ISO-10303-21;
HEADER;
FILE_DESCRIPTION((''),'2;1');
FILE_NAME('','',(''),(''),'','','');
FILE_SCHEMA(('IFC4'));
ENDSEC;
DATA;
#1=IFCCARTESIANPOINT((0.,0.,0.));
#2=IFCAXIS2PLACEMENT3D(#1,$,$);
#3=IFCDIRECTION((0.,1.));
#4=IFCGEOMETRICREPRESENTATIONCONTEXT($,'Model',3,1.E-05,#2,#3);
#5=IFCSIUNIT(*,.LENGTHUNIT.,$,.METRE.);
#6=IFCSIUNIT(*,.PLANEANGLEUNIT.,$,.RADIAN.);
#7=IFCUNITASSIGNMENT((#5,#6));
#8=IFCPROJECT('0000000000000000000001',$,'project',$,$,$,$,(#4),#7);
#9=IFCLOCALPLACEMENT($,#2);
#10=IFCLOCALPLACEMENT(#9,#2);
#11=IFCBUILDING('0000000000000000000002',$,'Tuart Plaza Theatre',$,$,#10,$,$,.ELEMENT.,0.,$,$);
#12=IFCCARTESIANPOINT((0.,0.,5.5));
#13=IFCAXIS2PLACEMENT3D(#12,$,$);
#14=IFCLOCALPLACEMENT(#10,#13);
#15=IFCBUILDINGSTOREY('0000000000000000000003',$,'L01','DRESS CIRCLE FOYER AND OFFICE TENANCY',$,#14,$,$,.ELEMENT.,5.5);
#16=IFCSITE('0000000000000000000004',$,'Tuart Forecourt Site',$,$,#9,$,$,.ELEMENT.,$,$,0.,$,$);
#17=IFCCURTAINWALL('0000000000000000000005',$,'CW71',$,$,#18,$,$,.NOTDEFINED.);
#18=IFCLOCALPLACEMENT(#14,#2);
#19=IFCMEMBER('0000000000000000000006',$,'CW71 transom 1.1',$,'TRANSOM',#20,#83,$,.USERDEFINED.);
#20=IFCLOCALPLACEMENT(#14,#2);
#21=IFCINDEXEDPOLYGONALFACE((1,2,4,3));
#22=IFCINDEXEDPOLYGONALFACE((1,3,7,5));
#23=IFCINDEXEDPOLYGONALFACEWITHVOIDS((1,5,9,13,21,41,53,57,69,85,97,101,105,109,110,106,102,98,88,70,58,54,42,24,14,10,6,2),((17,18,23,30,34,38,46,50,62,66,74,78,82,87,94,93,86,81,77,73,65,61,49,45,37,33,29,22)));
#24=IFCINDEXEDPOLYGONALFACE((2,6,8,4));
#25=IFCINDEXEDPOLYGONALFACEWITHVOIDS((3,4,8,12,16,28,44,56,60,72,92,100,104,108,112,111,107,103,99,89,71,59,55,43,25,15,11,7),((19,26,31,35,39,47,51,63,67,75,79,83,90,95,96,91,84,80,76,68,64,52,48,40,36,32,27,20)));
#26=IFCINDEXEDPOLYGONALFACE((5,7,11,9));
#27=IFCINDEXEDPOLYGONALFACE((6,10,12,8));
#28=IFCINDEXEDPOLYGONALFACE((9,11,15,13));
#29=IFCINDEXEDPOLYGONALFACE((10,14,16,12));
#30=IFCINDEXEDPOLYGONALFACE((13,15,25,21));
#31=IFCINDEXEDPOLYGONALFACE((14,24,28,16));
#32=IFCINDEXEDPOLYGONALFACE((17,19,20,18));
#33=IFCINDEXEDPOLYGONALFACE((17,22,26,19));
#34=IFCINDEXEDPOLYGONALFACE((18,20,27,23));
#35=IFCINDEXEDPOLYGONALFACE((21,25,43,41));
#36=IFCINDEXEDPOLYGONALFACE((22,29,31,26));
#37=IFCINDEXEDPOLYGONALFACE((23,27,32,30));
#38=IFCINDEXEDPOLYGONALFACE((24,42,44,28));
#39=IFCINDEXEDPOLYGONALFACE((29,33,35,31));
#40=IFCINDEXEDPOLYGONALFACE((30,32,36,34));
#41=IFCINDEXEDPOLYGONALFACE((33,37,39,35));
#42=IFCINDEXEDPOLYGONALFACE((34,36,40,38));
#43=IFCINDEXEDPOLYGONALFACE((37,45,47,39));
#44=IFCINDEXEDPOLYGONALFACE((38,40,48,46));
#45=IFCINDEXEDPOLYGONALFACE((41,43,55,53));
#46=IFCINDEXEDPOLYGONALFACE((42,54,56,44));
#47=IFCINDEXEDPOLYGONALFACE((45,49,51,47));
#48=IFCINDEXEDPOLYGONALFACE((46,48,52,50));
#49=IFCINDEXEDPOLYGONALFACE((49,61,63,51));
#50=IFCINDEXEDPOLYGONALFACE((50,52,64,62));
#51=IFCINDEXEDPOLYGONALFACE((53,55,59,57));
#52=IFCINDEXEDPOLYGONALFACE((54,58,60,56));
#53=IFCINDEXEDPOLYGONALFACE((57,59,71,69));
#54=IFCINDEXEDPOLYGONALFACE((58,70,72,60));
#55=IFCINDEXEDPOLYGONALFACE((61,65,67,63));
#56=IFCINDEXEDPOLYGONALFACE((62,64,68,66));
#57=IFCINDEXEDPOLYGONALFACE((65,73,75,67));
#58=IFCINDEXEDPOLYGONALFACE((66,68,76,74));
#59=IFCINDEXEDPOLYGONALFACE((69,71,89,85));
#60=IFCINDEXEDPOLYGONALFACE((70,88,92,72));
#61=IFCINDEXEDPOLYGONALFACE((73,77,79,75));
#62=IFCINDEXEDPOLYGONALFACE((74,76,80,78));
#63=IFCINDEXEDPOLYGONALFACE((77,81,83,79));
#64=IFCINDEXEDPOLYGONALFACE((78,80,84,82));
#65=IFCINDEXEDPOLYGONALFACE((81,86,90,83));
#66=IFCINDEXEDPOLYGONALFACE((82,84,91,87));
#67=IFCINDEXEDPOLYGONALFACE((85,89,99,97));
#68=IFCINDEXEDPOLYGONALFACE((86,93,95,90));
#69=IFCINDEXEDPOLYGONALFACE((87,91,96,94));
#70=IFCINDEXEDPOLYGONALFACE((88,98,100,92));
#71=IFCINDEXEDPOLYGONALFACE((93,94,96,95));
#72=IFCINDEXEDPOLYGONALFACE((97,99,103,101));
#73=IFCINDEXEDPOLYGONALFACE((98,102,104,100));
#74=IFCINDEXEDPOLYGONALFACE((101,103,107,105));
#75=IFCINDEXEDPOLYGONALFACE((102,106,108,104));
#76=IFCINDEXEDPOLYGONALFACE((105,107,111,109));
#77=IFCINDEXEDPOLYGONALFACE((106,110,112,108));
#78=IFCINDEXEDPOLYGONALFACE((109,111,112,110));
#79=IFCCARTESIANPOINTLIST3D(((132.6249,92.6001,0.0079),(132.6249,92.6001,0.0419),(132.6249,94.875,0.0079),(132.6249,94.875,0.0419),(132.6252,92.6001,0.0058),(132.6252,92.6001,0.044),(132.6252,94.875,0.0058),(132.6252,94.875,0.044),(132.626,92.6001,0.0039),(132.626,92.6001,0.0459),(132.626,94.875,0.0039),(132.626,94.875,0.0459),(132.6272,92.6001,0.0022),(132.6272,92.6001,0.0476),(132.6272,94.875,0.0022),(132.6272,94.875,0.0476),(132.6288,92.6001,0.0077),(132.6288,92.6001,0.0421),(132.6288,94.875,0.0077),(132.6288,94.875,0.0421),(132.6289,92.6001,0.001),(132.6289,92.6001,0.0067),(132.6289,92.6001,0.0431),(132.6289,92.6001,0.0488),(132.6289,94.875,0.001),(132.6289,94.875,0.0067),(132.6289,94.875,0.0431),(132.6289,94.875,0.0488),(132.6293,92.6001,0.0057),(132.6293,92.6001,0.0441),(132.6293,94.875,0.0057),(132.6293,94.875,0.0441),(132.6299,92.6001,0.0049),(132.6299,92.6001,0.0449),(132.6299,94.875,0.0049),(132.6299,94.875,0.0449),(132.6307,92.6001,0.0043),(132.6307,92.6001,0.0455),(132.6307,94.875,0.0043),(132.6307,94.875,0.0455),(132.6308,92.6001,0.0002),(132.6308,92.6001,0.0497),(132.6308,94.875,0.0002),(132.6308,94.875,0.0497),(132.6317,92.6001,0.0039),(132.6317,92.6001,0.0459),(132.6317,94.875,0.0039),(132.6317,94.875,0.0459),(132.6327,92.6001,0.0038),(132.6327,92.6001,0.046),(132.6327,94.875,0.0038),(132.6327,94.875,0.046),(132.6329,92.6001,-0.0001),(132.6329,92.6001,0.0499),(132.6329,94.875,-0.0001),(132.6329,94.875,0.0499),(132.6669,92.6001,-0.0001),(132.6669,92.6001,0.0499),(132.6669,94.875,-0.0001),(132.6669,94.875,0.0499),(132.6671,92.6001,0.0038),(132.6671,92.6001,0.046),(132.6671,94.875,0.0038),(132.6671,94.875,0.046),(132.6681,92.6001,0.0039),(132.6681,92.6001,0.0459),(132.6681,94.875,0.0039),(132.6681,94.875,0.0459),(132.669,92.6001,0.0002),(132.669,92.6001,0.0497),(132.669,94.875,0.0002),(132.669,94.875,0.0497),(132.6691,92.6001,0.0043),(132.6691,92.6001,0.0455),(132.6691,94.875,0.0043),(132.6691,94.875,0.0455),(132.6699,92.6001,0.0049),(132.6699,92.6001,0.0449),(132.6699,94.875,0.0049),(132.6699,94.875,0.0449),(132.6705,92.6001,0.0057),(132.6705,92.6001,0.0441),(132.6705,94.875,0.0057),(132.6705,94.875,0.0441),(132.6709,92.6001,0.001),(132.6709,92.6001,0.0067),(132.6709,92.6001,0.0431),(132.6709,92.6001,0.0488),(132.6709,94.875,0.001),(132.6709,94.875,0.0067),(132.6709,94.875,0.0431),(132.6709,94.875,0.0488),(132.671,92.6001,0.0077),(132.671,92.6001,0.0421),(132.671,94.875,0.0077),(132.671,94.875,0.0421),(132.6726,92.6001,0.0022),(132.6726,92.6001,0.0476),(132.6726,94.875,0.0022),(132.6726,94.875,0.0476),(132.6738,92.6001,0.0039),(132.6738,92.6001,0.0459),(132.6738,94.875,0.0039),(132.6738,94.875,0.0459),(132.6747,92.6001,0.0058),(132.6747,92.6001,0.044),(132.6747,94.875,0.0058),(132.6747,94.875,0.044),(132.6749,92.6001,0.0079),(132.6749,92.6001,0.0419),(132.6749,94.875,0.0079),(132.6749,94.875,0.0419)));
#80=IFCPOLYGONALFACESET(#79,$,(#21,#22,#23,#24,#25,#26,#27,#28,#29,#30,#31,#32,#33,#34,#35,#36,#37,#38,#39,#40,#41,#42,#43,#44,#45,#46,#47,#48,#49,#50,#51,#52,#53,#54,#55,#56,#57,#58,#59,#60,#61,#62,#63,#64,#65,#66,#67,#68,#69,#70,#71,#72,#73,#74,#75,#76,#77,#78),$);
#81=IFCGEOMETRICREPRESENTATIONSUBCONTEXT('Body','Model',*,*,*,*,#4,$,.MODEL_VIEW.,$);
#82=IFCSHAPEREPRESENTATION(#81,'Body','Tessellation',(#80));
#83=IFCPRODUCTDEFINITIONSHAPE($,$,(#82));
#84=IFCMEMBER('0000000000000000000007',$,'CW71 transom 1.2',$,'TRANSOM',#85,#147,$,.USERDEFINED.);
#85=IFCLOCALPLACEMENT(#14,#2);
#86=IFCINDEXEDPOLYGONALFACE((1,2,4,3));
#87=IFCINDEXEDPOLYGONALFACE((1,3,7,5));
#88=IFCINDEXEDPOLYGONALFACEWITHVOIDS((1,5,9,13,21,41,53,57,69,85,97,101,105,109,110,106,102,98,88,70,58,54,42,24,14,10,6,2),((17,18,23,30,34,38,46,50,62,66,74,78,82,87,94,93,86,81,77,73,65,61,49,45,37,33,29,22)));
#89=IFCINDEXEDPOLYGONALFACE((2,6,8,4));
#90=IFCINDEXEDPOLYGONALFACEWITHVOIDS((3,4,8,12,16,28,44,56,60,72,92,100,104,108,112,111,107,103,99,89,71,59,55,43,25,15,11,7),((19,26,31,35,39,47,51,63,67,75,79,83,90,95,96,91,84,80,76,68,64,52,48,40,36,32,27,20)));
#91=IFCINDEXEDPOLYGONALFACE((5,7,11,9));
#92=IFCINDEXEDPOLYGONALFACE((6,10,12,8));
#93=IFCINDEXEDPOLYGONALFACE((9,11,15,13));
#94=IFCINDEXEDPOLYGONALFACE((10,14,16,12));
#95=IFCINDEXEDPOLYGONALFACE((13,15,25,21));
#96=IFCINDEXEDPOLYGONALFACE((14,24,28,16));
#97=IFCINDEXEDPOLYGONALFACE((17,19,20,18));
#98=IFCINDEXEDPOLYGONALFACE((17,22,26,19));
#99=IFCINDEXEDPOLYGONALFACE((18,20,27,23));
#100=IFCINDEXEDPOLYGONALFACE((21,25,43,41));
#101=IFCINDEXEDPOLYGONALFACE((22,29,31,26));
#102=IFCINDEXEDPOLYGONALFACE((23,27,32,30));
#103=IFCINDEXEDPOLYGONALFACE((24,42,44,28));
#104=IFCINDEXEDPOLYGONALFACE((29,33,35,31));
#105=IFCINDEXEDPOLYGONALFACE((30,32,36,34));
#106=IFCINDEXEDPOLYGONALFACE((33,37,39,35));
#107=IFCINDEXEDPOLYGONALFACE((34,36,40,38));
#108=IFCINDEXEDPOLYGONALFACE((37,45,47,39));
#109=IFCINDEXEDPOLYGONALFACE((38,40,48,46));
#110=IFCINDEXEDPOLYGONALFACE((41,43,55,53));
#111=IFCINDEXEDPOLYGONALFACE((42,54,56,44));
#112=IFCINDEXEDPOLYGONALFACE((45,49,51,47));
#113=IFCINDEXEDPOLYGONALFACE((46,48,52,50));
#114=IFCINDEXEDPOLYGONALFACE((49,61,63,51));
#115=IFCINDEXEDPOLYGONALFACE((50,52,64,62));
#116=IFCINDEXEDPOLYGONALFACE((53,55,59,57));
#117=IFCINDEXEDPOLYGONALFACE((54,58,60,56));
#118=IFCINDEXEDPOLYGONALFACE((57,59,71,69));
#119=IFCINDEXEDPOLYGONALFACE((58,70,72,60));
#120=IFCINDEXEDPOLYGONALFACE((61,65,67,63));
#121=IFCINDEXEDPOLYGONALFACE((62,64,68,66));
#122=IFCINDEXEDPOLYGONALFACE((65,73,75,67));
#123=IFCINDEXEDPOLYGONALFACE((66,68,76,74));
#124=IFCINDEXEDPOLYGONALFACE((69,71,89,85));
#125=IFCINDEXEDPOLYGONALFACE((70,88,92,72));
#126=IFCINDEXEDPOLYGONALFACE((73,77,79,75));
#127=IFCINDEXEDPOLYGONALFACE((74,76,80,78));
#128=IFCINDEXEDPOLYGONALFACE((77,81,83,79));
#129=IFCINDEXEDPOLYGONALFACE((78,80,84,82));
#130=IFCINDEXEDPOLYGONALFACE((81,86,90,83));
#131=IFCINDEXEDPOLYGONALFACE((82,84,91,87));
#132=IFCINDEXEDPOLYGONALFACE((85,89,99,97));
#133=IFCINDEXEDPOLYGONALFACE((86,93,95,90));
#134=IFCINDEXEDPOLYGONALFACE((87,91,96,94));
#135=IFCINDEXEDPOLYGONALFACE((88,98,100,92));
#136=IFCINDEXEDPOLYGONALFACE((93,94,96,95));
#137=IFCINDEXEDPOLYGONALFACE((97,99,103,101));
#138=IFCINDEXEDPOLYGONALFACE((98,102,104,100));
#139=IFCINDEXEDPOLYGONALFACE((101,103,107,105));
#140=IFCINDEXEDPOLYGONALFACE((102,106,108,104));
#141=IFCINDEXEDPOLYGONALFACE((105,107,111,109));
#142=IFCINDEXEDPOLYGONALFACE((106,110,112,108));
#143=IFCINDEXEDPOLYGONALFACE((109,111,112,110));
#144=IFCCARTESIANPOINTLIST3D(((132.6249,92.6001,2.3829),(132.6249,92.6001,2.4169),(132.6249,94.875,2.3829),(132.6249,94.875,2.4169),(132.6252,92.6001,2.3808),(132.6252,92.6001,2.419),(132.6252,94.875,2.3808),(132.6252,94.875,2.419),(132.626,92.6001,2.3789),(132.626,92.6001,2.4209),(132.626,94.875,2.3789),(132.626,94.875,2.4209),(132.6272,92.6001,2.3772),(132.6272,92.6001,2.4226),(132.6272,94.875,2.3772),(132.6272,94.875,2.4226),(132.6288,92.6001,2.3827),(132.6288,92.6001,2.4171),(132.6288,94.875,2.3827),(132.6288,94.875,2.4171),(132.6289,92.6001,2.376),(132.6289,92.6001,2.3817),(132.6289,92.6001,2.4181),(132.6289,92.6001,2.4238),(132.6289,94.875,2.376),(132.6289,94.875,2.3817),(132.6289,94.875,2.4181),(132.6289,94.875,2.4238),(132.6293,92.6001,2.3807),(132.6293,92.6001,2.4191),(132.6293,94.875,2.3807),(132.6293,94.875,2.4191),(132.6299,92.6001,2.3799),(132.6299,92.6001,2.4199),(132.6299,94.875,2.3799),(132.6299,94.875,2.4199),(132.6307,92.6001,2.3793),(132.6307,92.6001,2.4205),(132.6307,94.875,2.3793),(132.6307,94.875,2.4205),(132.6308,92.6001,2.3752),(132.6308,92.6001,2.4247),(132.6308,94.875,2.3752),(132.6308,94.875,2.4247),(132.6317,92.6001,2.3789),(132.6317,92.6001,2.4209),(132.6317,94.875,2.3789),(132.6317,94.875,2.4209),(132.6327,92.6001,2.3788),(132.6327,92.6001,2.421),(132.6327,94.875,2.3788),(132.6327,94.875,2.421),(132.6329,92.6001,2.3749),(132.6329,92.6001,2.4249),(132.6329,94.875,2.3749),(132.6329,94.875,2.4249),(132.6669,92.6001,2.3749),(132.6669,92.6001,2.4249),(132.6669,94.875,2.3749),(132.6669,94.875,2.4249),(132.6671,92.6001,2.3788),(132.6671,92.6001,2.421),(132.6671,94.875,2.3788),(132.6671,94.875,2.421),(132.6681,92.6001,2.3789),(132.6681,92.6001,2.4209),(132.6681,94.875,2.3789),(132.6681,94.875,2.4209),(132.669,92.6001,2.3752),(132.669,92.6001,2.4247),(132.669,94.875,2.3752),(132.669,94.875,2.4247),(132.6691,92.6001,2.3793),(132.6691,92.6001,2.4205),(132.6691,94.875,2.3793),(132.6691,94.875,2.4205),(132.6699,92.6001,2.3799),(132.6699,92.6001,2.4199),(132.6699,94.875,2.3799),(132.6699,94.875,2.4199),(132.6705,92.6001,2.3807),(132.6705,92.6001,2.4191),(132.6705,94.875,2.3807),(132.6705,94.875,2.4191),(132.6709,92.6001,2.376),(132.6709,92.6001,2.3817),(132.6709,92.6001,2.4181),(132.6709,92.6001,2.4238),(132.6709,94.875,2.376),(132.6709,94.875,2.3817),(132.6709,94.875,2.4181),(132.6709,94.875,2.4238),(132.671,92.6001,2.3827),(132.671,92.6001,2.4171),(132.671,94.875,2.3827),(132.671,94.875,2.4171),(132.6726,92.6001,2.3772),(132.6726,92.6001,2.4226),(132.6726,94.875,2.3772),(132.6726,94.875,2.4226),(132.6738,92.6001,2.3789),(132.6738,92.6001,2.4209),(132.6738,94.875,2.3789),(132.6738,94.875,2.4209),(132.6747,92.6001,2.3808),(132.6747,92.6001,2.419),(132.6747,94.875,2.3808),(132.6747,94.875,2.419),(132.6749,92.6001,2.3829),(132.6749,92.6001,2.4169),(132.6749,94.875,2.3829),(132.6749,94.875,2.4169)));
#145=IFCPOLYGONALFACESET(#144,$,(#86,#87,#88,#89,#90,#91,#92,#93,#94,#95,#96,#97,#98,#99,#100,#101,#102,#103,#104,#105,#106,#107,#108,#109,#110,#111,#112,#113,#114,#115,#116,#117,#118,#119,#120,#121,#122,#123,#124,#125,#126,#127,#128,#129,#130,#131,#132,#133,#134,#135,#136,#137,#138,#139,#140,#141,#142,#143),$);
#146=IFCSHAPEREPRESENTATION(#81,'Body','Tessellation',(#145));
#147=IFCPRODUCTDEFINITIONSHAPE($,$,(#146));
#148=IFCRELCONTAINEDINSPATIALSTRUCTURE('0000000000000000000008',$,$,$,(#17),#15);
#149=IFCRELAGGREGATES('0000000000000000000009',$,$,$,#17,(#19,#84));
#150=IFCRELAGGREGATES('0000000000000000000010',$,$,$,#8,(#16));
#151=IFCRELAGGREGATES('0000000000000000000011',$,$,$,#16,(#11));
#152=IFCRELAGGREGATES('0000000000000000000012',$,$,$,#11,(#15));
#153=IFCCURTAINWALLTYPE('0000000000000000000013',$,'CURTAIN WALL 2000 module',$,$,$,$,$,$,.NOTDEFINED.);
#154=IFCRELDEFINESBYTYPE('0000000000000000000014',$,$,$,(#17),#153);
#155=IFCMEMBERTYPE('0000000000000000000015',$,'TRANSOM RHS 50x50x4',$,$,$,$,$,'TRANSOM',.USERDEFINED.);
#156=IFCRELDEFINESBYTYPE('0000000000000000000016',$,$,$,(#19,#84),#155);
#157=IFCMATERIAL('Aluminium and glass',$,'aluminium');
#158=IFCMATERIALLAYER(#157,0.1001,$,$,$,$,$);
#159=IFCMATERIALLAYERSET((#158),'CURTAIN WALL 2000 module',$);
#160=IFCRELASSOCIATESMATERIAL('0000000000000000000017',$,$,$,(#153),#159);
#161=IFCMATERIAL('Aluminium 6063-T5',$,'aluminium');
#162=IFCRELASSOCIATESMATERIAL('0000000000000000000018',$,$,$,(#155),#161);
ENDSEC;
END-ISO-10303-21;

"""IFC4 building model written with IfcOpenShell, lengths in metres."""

from ifc_helpers import new_model, si_unit, direction, frame, origin, origin_2d, place, context, subcontext, project, spatial, hollow_rectangle, extrude, material, layer, layer_set, material_profile, profile_set, type_object, element, aggregate, save


model = new_model("IFC4")

# Units and contexts
model_context = context("Model", 3, precision=1e-05, world=origin(), true_north=direction((0.0, 1.0)))
body_context = subcontext(model_context, "Body", "Model", "MODEL_VIEW")
ifc_project = project(units=[si_unit("LENGTHUNIT", "METRE"), si_unit("PLANEANGLEUNIT", "RADIAN")], contexts=[model_context])

# Site, building, storey
site_placement = place(None, origin())
site = spatial("IfcSite", under=ifc_project, at=site_placement, Name="Tuart Forecourt Site", CompositionType="ELEMENT", RefElevation=0.0)
building_placement = place(site_placement, origin())
building = spatial("IfcBuilding", under=site, at=building_placement, Name="Tuart Plaza Theatre", CompositionType="ELEMENT", ElevationOfRefHeight=0.0)
storey_placement = place(building_placement, frame((0.0, 0.0, 5.5)))
storey = spatial("IfcBuildingStorey", under=building, at=storey_placement, Name="L01", Description="DRESS CIRCLE FOYER AND OFFICE TENANCY", CompositionType="ELEMENT", Elevation=5.5)

# Curtain wall
ifc_material_1 = material(Name="Aluminium and glass", Category="aluminium")
ifc_layer_1 = layer(ifc_material_1, 0.1001)
ifc_layer_set_1 = layer_set([ifc_layer_1], Name="CURTAIN WALL 2000 module")
curtain_wall_type = type_object("IfcCurtainWallType", Name="CURTAIN WALL 2000 module", PredefinedType="NOTDEFINED", material=ifc_layer_set_1)
curtain_wall_1_placement = place(storey_placement, origin())
curtain_wall_1 = element("IfcCurtainWall", 1, at=curtain_wall_1_placement, inside=storey, type_object=curtain_wall_type, Name="CW71", PredefinedType="NOTDEFINED")

# Members
ifc_material_2 = material(Name="Aluminium 6063-T5", Category="aluminium")
ifc_material_profile_1 = material_profile(ifc_material_2, hollow_rectangle(XDim=0.05, YDim=0.05, WallThickness=0.0039, InnerFilletRadius=0.0039, OuterFilletRadius=0.0081, at=origin_2d()), Name="RHS 50x50x4")
ifc_profile_set_1 = profile_set([ifc_material_profile_1], Name="Aluminium 6063-T5")
member_type_1 = type_object("IfcMemberType", Name="TRANSOM RHS 50x50x4", ElementType="TRANSOM", PredefinedType="USERDEFINED", material=ifc_profile_set_1)
member_1_placement = place(storey_placement, frame((132.6499, 92.6001, 0.0249), z_axis=(0.0, 1.0, 0.0), x_axis=(-1.0, 0.0, 0.0)))
member_1 = element("IfcMember", 2, at=member_1_placement, type_object=member_type_1, Name="CW71 transom 1.1", ObjectType="TRANSOM", PredefinedType="USERDEFINED", context=body_context, shape_type="SweptSolid", body=[
    extrude(hollow_rectangle(XDim=0.05, YDim=0.05, WallThickness=0.0039, InnerFilletRadius=0.0039, OuterFilletRadius=0.0081, at=origin_2d()), origin(), (0.0, 0.0, 1.0), 2.2749),
])
member_2_placement = place(storey_placement, frame((132.6499, 92.6001, 2.3999), z_axis=(0.0, 1.0, 0.0), x_axis=(-1.0, 0.0, 0.0)))
member_2 = element("IfcMember", 3, at=member_2_placement, type_object=member_type_1, Name="CW71 transom 1.2", ObjectType="TRANSOM", PredefinedType="USERDEFINED", context=body_context, shape_type="SweptSolid", body=[
    extrude(hollow_rectangle(XDim=0.05, YDim=0.05, WallThickness=0.0039, InnerFilletRadius=0.0039, OuterFilletRadius=0.0081, at=origin_2d()), origin(), (0.0, 0.0, 1.0), 2.2749),
])

aggregate(curtain_wall_1, [member_1, member_2])

save(model, "model.ifc")
